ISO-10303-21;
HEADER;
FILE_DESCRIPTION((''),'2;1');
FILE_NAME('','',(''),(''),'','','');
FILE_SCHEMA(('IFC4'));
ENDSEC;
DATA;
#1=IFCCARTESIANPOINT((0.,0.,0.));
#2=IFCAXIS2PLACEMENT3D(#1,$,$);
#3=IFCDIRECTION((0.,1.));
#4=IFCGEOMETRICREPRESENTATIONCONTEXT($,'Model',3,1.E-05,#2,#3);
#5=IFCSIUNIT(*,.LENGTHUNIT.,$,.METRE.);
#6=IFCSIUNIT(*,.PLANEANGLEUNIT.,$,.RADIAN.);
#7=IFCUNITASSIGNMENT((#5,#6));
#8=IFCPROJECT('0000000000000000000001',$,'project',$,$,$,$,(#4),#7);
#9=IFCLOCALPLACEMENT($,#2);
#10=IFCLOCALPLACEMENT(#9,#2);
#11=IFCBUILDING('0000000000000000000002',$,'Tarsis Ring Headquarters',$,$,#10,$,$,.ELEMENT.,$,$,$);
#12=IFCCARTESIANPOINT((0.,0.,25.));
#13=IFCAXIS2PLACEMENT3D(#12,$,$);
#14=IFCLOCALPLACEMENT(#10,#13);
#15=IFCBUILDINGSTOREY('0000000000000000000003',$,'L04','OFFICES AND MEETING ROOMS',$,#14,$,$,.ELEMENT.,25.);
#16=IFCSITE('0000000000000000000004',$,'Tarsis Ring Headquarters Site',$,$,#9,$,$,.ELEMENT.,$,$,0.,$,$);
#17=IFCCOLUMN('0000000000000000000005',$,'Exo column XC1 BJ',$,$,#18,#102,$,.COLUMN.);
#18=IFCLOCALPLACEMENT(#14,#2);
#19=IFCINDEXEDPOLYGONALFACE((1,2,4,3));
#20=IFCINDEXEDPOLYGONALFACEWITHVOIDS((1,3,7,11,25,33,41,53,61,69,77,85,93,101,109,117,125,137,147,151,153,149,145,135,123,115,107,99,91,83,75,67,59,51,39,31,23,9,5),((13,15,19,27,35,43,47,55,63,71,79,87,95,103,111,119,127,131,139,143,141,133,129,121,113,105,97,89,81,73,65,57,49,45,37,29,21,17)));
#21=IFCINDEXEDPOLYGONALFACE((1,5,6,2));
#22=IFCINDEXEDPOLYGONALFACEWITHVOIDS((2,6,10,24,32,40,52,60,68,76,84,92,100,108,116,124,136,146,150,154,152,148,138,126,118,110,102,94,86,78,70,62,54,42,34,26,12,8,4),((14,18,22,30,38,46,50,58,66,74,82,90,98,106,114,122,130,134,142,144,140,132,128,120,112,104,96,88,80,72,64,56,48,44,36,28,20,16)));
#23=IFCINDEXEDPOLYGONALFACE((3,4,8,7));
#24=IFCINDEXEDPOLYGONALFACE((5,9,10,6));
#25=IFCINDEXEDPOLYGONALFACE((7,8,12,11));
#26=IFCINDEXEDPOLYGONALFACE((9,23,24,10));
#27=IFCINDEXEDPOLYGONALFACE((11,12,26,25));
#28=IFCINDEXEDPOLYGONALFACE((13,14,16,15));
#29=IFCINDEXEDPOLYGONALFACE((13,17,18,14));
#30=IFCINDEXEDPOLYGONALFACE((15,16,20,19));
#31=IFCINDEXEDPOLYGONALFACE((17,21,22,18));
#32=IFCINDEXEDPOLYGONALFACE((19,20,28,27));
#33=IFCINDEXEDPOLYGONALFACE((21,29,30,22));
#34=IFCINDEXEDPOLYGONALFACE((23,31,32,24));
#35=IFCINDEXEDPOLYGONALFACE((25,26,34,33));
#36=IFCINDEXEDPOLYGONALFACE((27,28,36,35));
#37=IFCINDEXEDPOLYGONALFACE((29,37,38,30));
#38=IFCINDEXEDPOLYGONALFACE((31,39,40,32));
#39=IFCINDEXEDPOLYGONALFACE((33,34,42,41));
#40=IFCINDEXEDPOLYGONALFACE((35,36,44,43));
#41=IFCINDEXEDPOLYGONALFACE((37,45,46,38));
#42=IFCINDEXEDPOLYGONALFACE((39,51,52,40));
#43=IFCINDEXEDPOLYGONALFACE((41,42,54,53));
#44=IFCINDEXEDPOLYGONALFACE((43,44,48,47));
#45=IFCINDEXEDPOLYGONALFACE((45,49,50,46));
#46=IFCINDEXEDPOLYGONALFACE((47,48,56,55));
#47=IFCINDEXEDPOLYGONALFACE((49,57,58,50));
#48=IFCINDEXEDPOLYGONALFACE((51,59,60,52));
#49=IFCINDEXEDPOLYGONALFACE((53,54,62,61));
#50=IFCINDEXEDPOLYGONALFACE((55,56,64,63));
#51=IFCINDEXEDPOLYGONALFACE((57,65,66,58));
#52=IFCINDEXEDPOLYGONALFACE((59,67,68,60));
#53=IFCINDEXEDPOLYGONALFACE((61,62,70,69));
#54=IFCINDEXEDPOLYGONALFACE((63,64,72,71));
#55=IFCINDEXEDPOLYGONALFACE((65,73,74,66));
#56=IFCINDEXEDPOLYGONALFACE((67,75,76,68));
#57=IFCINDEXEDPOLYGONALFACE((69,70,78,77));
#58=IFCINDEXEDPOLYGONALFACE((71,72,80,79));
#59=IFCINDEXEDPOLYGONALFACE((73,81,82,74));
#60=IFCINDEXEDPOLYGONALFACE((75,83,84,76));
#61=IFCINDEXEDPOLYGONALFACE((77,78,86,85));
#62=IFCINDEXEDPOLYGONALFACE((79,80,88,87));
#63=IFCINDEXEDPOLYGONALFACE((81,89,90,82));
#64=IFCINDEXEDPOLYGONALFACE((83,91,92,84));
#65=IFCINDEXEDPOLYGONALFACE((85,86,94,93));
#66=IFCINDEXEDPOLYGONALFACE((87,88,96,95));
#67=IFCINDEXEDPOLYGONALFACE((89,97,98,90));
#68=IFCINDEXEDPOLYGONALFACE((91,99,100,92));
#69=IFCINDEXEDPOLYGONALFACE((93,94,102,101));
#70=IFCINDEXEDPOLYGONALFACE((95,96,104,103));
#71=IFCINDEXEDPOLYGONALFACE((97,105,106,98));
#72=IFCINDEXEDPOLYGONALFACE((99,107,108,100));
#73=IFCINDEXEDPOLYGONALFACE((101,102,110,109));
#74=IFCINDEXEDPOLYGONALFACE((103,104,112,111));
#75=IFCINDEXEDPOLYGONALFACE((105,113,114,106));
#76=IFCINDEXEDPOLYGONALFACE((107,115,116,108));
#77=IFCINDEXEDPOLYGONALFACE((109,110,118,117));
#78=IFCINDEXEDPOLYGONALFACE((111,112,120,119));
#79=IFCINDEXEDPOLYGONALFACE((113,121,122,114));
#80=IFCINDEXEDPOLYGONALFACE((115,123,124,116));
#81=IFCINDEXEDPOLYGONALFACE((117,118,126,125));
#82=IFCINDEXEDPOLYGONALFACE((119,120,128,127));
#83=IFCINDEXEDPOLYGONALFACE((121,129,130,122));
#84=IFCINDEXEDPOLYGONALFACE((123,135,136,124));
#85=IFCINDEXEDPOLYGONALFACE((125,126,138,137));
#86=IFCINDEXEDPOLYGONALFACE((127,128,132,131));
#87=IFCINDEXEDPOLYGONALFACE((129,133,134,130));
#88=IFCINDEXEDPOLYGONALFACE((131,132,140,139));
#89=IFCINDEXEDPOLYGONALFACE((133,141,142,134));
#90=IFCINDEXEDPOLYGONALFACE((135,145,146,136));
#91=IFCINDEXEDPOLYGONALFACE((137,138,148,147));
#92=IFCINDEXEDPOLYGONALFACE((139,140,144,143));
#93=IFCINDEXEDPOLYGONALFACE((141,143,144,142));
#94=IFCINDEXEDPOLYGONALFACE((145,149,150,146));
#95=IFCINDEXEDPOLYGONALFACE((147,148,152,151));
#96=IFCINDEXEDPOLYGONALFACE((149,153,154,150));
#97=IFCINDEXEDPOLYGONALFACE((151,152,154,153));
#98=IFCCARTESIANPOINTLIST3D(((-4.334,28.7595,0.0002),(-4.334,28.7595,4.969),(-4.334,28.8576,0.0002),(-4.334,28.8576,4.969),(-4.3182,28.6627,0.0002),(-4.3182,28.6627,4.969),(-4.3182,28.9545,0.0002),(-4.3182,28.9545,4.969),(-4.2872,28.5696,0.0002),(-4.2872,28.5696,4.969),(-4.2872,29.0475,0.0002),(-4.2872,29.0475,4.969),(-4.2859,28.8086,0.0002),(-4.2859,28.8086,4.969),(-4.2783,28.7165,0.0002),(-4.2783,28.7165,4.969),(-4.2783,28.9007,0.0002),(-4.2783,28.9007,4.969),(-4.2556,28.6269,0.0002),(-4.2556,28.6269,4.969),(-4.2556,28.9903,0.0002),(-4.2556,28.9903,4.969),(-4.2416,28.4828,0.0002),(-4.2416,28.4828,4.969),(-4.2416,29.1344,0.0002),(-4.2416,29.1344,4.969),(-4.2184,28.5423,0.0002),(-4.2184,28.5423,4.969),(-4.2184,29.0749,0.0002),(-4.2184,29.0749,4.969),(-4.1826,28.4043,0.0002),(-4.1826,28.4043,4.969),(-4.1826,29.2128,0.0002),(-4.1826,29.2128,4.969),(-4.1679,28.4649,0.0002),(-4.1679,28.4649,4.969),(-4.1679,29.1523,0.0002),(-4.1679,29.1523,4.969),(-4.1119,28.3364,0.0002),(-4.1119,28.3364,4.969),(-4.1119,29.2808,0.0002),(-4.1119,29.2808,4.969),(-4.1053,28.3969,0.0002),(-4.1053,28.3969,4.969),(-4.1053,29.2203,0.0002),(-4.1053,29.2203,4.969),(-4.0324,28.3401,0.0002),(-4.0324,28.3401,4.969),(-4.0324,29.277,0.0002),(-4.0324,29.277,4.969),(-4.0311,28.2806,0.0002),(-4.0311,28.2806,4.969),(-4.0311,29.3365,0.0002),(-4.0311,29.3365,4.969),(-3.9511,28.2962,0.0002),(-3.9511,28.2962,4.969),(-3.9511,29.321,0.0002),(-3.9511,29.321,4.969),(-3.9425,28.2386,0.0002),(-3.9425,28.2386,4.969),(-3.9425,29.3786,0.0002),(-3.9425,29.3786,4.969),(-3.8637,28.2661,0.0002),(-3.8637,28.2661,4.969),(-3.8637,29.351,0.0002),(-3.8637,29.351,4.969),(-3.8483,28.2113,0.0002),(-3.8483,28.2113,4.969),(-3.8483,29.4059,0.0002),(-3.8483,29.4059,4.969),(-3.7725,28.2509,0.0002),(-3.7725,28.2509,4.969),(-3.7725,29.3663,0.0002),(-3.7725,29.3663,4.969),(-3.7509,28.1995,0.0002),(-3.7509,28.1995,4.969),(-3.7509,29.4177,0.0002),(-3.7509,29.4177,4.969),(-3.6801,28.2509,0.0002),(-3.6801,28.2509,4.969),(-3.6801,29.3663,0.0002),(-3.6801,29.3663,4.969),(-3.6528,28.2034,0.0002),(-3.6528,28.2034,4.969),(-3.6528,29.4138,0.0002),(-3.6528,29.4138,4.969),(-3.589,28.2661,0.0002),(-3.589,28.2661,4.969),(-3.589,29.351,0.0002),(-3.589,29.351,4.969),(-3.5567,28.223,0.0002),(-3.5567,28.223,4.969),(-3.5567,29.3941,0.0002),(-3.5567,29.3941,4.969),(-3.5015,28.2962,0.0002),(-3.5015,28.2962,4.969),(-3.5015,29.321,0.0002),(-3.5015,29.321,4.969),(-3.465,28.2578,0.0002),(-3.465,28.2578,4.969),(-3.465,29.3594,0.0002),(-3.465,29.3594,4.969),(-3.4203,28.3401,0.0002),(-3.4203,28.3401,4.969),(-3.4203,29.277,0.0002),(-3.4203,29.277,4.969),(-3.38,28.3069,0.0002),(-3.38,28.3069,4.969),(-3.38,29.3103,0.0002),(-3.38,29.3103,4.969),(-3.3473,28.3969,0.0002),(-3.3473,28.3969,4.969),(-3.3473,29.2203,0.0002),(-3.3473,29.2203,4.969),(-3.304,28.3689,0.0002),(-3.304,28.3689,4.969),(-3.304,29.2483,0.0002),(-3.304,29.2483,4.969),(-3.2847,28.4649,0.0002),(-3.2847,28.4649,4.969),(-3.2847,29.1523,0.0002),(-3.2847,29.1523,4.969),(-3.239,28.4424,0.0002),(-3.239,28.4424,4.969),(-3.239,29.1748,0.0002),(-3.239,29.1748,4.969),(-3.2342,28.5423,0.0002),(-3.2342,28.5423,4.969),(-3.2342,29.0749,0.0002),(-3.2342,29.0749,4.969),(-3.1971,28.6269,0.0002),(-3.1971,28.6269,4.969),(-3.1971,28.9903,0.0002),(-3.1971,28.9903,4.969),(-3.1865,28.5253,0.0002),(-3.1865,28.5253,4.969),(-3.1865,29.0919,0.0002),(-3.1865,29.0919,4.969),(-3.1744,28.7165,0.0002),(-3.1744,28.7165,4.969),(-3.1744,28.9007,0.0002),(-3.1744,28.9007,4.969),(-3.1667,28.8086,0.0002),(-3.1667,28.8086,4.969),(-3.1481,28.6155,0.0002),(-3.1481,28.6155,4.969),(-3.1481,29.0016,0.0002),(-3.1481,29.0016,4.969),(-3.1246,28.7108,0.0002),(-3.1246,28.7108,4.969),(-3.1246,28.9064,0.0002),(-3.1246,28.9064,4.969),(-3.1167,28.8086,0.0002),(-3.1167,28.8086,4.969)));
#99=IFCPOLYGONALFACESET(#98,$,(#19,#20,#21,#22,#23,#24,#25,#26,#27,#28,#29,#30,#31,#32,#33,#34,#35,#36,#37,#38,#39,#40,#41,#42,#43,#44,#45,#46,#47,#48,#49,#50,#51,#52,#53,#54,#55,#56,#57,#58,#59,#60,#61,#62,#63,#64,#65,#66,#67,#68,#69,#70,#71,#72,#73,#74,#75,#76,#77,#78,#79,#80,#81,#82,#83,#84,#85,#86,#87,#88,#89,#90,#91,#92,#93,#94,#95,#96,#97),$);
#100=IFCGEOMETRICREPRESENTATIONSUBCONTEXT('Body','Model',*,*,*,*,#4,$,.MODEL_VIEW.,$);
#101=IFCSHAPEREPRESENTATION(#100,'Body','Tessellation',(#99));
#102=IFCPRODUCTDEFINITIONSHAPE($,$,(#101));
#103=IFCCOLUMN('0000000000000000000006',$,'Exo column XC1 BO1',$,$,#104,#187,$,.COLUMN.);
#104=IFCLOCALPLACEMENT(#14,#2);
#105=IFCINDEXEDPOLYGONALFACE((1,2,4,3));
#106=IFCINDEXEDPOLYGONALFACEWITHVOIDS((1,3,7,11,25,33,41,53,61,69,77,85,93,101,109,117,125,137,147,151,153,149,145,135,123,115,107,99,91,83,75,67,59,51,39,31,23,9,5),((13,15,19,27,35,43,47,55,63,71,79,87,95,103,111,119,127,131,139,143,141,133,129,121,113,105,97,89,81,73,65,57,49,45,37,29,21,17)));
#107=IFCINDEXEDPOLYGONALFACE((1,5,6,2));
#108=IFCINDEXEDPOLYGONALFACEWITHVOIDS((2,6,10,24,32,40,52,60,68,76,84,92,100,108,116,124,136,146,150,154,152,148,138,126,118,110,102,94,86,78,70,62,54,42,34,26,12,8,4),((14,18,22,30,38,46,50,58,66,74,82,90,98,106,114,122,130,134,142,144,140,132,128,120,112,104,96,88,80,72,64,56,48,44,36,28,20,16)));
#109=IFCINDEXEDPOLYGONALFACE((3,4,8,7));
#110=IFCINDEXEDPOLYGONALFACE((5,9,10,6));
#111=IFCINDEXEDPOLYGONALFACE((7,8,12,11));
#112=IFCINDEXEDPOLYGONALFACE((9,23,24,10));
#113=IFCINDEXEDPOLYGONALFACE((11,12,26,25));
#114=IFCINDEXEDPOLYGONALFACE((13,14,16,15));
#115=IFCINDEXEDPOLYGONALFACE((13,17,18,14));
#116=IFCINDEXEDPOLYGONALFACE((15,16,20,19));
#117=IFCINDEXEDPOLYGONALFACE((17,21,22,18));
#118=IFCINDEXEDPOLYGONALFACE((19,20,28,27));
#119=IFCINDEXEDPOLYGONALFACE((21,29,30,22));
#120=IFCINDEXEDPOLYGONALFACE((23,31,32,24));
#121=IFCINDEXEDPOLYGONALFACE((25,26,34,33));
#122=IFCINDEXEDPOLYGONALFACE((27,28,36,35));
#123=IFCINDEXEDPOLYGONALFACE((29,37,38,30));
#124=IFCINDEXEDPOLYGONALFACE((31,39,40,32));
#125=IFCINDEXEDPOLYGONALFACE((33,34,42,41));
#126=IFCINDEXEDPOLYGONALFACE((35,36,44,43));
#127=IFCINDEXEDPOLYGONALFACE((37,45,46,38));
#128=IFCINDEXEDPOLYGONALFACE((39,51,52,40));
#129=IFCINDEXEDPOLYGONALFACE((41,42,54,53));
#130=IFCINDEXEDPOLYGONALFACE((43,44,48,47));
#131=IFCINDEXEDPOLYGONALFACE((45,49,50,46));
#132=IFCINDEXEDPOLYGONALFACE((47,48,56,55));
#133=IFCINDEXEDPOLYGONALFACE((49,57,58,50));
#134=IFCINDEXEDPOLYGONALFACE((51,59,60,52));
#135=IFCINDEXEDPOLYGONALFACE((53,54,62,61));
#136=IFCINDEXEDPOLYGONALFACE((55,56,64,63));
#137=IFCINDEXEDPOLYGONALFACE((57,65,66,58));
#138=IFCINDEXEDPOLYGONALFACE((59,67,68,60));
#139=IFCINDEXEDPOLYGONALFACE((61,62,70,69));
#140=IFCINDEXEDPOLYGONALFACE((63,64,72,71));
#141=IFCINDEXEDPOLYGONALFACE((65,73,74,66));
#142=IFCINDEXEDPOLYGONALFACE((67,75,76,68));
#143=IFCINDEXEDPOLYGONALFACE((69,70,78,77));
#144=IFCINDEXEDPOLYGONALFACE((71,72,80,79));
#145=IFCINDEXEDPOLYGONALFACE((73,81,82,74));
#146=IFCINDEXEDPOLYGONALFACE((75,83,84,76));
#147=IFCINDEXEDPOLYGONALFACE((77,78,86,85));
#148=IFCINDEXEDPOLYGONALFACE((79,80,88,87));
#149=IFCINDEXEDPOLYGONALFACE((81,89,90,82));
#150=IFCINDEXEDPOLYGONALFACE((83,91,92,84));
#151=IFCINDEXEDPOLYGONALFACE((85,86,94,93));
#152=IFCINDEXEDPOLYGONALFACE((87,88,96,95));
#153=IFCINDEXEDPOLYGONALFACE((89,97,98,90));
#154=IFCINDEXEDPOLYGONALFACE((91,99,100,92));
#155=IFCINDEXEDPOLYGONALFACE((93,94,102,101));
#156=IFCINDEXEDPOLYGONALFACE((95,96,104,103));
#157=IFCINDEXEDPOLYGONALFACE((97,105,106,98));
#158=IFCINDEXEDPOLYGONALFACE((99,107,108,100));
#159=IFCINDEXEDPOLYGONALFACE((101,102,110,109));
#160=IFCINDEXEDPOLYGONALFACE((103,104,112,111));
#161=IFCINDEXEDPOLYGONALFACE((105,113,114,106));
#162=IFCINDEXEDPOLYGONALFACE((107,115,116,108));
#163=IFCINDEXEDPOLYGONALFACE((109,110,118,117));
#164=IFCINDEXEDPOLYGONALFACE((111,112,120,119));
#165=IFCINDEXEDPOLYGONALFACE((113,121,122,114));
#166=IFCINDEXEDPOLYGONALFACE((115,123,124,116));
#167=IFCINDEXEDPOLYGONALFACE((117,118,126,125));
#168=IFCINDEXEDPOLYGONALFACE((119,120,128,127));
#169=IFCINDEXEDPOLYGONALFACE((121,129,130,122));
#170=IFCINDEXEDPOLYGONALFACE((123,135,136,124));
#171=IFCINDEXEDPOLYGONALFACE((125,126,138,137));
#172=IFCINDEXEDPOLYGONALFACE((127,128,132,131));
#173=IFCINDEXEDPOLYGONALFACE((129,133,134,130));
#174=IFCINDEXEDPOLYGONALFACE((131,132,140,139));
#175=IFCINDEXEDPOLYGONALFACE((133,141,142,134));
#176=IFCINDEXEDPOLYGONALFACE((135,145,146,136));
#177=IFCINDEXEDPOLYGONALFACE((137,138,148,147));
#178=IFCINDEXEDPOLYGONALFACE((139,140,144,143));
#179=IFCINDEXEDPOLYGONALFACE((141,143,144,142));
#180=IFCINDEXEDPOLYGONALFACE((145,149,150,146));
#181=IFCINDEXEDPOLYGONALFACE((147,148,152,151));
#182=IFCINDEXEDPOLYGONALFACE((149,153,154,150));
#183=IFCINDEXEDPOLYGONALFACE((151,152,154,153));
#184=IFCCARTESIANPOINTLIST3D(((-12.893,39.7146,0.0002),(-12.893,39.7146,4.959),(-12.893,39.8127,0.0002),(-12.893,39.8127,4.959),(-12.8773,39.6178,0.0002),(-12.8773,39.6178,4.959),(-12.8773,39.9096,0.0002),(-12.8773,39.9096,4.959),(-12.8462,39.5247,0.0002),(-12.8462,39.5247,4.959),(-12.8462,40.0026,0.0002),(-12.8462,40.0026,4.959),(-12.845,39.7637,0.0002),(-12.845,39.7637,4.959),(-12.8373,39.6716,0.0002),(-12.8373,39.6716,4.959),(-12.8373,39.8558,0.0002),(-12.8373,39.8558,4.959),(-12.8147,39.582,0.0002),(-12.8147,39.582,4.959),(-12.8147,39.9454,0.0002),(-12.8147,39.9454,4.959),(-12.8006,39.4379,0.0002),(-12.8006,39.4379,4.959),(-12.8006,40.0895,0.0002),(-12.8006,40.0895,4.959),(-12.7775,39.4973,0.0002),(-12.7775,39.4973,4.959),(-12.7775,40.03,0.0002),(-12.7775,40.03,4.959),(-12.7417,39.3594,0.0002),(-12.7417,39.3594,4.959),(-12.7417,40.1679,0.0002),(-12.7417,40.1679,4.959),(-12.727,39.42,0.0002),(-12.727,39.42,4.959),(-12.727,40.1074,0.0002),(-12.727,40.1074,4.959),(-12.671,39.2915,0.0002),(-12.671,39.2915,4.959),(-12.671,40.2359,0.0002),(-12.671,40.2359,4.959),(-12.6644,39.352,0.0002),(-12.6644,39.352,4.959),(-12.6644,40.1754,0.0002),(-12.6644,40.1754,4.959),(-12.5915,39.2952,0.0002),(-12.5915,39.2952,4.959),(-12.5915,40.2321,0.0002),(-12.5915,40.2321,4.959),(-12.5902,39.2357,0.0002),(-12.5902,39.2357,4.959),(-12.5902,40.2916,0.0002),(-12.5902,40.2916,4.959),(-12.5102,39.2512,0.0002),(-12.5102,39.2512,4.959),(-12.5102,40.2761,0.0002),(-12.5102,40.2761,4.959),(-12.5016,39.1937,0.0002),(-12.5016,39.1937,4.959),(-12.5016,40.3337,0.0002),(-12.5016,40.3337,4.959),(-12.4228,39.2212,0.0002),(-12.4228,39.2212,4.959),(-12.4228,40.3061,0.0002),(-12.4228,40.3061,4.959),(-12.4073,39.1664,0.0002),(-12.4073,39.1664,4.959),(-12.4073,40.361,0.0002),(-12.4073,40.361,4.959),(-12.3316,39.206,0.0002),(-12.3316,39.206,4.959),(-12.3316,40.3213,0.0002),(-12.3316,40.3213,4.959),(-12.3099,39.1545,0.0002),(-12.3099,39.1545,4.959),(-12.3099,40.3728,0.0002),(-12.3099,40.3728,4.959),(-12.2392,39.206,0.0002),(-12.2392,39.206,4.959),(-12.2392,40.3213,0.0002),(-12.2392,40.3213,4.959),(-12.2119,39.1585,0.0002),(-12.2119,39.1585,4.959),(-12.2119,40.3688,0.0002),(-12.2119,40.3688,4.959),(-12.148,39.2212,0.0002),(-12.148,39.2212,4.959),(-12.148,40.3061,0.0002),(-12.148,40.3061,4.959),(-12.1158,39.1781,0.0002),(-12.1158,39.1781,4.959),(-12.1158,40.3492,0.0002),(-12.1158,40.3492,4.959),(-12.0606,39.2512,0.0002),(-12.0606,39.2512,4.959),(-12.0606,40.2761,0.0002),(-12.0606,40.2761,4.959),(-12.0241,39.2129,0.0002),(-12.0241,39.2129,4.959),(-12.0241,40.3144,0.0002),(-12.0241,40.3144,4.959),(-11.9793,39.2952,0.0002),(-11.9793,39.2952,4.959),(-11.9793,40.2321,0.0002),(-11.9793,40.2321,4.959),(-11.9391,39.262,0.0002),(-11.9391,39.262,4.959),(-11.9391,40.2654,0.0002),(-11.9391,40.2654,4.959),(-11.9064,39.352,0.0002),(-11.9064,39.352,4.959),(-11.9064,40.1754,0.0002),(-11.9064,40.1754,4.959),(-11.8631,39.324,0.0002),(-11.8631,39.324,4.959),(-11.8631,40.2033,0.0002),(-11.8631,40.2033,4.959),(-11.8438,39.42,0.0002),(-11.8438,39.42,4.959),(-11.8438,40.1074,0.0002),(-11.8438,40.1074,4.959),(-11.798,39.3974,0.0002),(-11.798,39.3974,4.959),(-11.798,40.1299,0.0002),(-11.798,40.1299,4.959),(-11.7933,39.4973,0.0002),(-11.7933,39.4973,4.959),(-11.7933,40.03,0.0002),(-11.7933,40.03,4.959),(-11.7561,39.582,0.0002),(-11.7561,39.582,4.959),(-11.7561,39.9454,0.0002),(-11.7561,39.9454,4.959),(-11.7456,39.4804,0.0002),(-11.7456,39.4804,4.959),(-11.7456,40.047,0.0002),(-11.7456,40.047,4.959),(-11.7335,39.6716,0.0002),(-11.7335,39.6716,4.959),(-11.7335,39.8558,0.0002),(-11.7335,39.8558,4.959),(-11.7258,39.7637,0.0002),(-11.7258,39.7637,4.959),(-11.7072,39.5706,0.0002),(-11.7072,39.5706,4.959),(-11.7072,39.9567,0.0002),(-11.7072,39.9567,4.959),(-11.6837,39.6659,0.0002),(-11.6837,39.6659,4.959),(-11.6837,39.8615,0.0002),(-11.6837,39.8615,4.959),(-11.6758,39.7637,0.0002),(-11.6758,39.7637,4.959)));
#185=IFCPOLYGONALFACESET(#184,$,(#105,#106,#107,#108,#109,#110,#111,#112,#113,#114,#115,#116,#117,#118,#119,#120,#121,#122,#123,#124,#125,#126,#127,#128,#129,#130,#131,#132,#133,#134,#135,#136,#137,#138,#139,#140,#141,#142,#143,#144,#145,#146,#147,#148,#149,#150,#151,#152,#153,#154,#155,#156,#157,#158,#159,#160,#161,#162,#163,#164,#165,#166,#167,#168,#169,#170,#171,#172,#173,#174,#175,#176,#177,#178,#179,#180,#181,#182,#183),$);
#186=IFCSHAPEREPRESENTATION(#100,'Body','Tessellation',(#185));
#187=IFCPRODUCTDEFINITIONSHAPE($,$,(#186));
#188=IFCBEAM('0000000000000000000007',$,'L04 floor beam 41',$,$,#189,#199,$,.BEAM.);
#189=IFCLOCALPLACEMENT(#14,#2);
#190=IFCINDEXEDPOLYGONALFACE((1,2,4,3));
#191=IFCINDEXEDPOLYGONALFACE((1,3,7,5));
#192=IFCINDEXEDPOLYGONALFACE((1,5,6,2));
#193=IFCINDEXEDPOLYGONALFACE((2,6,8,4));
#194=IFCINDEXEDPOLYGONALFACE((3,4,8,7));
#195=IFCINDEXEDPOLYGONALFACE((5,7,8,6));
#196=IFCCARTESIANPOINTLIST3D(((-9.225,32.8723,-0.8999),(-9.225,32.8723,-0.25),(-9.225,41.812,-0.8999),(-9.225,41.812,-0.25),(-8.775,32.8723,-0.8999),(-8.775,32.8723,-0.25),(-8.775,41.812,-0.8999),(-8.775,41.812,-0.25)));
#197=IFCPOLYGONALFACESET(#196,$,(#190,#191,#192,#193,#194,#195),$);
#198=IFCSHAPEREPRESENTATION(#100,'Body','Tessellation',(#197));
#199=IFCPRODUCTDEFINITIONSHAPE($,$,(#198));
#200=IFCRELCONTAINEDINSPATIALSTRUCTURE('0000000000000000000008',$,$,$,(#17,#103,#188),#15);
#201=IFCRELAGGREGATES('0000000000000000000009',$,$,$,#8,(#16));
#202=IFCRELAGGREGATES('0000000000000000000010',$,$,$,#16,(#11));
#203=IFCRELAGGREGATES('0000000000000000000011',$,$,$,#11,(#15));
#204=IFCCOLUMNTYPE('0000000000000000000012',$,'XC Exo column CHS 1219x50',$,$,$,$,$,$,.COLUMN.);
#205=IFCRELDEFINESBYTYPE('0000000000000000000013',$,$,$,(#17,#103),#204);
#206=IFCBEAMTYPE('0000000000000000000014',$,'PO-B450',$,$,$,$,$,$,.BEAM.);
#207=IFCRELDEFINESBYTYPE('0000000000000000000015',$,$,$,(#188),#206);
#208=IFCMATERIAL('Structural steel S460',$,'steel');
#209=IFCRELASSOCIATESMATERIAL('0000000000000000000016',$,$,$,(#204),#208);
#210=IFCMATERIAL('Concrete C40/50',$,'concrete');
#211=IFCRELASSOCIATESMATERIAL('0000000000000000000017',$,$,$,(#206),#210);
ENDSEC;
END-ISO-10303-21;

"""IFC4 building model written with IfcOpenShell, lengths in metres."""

from ifc_helpers import new_model, si_unit, direction, frame, origin, origin_2d, place, context, subcontext, project, spatial, rectangle, hollow_circle, extrude, material, material_profile, profile_set, type_object, element, save


model = new_model("IFC4")

# Units and contexts
model_context = context("Model", 3, precision=1e-05, world=origin(), true_north=direction((0.0, 1.0)))
body_context = subcontext(model_context, "Body", "Model", "MODEL_VIEW")
ifc_project = project(units=[si_unit("LENGTHUNIT", "METRE"), si_unit("PLANEANGLEUNIT", "RADIAN")], contexts=[model_context])

# Site, building, storey
site_placement = place(None, origin())
site = spatial("IfcSite", under=ifc_project, at=site_placement, Name="Tarsis Ring Headquarters Site", CompositionType="ELEMENT", RefElevation=0.0)
building_placement = place(site_placement, origin())
building = spatial("IfcBuilding", under=site, at=building_placement, Name="Tarsis Ring Headquarters", CompositionType="ELEMENT")
storey_placement = place(building_placement, frame((0.0, 0.0, 25.0)))
storey = spatial("IfcBuildingStorey", under=building, at=storey_placement, Name="L04", Description="OFFICES AND MEETING ROOMS", CompositionType="ELEMENT", Elevation=25.0)

# Columns
ifc_material_1 = material(Name="Structural steel S460", Category="steel")
ifc_material_profile_1 = material_profile(ifc_material_1, hollow_circle(Radius=0.6096, WallThickness=0.05, at=origin_2d()), Name="CHS 1219x50")
ifc_profile_set_1 = profile_set([ifc_material_profile_1], Name="Structural steel S460")
column_type = type_object("IfcColumnType", Name="XC Exo column CHS 1219x50", PredefinedType="COLUMN", material=ifc_profile_set_1)
column_1_placement = place(storey_placement, frame((-3.7263, 28.8086, 0.0002), z_axis=(0.0, 0.0, 1.0), x_axis=(1.0, 0.0, 0.0)))
element("IfcColumn", 1, at=column_1_placement, inside=storey, type_object=column_type, Name="Exo column XC1 BJ", PredefinedType="COLUMN", context=body_context, shape_type="SweptSolid", body=[
    extrude(hollow_circle(Radius=0.6096, WallThickness=0.05, at=origin_2d()), origin(), (0.0, 0.0, 1.0), 4.9688),
])
column_2_placement = place(storey_placement, frame((-12.2854, 39.7637, 0.0002), z_axis=(0.0, 0.0, 1.0), x_axis=(1.0, 0.0, 0.0)))
element("IfcColumn", 2, at=column_2_placement, inside=storey, type_object=column_type, Name="Exo column XC1 BO1", PredefinedType="COLUMN", context=body_context, shape_type="SweptSolid", body=[
    extrude(hollow_circle(Radius=0.6096, WallThickness=0.05, at=origin_2d()), origin(), (0.0, 0.0, 1.0), 4.9587),
])

# Beam
ifc_material_2 = material(Name="Concrete C40/50", Category="concrete")
ifc_material_profile_2 = material_profile(ifc_material_2, rectangle(XDim=0.45, YDim=0.6499, at=origin_2d()), Name="PO-B450")
ifc_profile_set_2 = profile_set([ifc_material_profile_2], Name="Concrete C40/50")
beam_type_1 = type_object("IfcBeamType", Name="PO-B450", PredefinedType="BEAM", material=ifc_profile_set_2)
beam_1_placement = place(storey_placement, frame((-9.0, 32.8723, -0.575), z_axis=(0.0, 1.0, 0.0), x_axis=(-1.0, 0.0, 0.0)))
element("IfcBeam", 3, at=beam_1_placement, inside=storey, type_object=beam_type_1, Name="L04 floor beam 41", PredefinedType="BEAM", context=body_context, shape_type="SweptSolid", body=[
    extrude(rectangle(XDim=0.45, YDim=0.6499, at=origin_2d()), origin(), (0.0, 0.0, 1.0), 8.9397),
])

save(model, "model.ifc")
